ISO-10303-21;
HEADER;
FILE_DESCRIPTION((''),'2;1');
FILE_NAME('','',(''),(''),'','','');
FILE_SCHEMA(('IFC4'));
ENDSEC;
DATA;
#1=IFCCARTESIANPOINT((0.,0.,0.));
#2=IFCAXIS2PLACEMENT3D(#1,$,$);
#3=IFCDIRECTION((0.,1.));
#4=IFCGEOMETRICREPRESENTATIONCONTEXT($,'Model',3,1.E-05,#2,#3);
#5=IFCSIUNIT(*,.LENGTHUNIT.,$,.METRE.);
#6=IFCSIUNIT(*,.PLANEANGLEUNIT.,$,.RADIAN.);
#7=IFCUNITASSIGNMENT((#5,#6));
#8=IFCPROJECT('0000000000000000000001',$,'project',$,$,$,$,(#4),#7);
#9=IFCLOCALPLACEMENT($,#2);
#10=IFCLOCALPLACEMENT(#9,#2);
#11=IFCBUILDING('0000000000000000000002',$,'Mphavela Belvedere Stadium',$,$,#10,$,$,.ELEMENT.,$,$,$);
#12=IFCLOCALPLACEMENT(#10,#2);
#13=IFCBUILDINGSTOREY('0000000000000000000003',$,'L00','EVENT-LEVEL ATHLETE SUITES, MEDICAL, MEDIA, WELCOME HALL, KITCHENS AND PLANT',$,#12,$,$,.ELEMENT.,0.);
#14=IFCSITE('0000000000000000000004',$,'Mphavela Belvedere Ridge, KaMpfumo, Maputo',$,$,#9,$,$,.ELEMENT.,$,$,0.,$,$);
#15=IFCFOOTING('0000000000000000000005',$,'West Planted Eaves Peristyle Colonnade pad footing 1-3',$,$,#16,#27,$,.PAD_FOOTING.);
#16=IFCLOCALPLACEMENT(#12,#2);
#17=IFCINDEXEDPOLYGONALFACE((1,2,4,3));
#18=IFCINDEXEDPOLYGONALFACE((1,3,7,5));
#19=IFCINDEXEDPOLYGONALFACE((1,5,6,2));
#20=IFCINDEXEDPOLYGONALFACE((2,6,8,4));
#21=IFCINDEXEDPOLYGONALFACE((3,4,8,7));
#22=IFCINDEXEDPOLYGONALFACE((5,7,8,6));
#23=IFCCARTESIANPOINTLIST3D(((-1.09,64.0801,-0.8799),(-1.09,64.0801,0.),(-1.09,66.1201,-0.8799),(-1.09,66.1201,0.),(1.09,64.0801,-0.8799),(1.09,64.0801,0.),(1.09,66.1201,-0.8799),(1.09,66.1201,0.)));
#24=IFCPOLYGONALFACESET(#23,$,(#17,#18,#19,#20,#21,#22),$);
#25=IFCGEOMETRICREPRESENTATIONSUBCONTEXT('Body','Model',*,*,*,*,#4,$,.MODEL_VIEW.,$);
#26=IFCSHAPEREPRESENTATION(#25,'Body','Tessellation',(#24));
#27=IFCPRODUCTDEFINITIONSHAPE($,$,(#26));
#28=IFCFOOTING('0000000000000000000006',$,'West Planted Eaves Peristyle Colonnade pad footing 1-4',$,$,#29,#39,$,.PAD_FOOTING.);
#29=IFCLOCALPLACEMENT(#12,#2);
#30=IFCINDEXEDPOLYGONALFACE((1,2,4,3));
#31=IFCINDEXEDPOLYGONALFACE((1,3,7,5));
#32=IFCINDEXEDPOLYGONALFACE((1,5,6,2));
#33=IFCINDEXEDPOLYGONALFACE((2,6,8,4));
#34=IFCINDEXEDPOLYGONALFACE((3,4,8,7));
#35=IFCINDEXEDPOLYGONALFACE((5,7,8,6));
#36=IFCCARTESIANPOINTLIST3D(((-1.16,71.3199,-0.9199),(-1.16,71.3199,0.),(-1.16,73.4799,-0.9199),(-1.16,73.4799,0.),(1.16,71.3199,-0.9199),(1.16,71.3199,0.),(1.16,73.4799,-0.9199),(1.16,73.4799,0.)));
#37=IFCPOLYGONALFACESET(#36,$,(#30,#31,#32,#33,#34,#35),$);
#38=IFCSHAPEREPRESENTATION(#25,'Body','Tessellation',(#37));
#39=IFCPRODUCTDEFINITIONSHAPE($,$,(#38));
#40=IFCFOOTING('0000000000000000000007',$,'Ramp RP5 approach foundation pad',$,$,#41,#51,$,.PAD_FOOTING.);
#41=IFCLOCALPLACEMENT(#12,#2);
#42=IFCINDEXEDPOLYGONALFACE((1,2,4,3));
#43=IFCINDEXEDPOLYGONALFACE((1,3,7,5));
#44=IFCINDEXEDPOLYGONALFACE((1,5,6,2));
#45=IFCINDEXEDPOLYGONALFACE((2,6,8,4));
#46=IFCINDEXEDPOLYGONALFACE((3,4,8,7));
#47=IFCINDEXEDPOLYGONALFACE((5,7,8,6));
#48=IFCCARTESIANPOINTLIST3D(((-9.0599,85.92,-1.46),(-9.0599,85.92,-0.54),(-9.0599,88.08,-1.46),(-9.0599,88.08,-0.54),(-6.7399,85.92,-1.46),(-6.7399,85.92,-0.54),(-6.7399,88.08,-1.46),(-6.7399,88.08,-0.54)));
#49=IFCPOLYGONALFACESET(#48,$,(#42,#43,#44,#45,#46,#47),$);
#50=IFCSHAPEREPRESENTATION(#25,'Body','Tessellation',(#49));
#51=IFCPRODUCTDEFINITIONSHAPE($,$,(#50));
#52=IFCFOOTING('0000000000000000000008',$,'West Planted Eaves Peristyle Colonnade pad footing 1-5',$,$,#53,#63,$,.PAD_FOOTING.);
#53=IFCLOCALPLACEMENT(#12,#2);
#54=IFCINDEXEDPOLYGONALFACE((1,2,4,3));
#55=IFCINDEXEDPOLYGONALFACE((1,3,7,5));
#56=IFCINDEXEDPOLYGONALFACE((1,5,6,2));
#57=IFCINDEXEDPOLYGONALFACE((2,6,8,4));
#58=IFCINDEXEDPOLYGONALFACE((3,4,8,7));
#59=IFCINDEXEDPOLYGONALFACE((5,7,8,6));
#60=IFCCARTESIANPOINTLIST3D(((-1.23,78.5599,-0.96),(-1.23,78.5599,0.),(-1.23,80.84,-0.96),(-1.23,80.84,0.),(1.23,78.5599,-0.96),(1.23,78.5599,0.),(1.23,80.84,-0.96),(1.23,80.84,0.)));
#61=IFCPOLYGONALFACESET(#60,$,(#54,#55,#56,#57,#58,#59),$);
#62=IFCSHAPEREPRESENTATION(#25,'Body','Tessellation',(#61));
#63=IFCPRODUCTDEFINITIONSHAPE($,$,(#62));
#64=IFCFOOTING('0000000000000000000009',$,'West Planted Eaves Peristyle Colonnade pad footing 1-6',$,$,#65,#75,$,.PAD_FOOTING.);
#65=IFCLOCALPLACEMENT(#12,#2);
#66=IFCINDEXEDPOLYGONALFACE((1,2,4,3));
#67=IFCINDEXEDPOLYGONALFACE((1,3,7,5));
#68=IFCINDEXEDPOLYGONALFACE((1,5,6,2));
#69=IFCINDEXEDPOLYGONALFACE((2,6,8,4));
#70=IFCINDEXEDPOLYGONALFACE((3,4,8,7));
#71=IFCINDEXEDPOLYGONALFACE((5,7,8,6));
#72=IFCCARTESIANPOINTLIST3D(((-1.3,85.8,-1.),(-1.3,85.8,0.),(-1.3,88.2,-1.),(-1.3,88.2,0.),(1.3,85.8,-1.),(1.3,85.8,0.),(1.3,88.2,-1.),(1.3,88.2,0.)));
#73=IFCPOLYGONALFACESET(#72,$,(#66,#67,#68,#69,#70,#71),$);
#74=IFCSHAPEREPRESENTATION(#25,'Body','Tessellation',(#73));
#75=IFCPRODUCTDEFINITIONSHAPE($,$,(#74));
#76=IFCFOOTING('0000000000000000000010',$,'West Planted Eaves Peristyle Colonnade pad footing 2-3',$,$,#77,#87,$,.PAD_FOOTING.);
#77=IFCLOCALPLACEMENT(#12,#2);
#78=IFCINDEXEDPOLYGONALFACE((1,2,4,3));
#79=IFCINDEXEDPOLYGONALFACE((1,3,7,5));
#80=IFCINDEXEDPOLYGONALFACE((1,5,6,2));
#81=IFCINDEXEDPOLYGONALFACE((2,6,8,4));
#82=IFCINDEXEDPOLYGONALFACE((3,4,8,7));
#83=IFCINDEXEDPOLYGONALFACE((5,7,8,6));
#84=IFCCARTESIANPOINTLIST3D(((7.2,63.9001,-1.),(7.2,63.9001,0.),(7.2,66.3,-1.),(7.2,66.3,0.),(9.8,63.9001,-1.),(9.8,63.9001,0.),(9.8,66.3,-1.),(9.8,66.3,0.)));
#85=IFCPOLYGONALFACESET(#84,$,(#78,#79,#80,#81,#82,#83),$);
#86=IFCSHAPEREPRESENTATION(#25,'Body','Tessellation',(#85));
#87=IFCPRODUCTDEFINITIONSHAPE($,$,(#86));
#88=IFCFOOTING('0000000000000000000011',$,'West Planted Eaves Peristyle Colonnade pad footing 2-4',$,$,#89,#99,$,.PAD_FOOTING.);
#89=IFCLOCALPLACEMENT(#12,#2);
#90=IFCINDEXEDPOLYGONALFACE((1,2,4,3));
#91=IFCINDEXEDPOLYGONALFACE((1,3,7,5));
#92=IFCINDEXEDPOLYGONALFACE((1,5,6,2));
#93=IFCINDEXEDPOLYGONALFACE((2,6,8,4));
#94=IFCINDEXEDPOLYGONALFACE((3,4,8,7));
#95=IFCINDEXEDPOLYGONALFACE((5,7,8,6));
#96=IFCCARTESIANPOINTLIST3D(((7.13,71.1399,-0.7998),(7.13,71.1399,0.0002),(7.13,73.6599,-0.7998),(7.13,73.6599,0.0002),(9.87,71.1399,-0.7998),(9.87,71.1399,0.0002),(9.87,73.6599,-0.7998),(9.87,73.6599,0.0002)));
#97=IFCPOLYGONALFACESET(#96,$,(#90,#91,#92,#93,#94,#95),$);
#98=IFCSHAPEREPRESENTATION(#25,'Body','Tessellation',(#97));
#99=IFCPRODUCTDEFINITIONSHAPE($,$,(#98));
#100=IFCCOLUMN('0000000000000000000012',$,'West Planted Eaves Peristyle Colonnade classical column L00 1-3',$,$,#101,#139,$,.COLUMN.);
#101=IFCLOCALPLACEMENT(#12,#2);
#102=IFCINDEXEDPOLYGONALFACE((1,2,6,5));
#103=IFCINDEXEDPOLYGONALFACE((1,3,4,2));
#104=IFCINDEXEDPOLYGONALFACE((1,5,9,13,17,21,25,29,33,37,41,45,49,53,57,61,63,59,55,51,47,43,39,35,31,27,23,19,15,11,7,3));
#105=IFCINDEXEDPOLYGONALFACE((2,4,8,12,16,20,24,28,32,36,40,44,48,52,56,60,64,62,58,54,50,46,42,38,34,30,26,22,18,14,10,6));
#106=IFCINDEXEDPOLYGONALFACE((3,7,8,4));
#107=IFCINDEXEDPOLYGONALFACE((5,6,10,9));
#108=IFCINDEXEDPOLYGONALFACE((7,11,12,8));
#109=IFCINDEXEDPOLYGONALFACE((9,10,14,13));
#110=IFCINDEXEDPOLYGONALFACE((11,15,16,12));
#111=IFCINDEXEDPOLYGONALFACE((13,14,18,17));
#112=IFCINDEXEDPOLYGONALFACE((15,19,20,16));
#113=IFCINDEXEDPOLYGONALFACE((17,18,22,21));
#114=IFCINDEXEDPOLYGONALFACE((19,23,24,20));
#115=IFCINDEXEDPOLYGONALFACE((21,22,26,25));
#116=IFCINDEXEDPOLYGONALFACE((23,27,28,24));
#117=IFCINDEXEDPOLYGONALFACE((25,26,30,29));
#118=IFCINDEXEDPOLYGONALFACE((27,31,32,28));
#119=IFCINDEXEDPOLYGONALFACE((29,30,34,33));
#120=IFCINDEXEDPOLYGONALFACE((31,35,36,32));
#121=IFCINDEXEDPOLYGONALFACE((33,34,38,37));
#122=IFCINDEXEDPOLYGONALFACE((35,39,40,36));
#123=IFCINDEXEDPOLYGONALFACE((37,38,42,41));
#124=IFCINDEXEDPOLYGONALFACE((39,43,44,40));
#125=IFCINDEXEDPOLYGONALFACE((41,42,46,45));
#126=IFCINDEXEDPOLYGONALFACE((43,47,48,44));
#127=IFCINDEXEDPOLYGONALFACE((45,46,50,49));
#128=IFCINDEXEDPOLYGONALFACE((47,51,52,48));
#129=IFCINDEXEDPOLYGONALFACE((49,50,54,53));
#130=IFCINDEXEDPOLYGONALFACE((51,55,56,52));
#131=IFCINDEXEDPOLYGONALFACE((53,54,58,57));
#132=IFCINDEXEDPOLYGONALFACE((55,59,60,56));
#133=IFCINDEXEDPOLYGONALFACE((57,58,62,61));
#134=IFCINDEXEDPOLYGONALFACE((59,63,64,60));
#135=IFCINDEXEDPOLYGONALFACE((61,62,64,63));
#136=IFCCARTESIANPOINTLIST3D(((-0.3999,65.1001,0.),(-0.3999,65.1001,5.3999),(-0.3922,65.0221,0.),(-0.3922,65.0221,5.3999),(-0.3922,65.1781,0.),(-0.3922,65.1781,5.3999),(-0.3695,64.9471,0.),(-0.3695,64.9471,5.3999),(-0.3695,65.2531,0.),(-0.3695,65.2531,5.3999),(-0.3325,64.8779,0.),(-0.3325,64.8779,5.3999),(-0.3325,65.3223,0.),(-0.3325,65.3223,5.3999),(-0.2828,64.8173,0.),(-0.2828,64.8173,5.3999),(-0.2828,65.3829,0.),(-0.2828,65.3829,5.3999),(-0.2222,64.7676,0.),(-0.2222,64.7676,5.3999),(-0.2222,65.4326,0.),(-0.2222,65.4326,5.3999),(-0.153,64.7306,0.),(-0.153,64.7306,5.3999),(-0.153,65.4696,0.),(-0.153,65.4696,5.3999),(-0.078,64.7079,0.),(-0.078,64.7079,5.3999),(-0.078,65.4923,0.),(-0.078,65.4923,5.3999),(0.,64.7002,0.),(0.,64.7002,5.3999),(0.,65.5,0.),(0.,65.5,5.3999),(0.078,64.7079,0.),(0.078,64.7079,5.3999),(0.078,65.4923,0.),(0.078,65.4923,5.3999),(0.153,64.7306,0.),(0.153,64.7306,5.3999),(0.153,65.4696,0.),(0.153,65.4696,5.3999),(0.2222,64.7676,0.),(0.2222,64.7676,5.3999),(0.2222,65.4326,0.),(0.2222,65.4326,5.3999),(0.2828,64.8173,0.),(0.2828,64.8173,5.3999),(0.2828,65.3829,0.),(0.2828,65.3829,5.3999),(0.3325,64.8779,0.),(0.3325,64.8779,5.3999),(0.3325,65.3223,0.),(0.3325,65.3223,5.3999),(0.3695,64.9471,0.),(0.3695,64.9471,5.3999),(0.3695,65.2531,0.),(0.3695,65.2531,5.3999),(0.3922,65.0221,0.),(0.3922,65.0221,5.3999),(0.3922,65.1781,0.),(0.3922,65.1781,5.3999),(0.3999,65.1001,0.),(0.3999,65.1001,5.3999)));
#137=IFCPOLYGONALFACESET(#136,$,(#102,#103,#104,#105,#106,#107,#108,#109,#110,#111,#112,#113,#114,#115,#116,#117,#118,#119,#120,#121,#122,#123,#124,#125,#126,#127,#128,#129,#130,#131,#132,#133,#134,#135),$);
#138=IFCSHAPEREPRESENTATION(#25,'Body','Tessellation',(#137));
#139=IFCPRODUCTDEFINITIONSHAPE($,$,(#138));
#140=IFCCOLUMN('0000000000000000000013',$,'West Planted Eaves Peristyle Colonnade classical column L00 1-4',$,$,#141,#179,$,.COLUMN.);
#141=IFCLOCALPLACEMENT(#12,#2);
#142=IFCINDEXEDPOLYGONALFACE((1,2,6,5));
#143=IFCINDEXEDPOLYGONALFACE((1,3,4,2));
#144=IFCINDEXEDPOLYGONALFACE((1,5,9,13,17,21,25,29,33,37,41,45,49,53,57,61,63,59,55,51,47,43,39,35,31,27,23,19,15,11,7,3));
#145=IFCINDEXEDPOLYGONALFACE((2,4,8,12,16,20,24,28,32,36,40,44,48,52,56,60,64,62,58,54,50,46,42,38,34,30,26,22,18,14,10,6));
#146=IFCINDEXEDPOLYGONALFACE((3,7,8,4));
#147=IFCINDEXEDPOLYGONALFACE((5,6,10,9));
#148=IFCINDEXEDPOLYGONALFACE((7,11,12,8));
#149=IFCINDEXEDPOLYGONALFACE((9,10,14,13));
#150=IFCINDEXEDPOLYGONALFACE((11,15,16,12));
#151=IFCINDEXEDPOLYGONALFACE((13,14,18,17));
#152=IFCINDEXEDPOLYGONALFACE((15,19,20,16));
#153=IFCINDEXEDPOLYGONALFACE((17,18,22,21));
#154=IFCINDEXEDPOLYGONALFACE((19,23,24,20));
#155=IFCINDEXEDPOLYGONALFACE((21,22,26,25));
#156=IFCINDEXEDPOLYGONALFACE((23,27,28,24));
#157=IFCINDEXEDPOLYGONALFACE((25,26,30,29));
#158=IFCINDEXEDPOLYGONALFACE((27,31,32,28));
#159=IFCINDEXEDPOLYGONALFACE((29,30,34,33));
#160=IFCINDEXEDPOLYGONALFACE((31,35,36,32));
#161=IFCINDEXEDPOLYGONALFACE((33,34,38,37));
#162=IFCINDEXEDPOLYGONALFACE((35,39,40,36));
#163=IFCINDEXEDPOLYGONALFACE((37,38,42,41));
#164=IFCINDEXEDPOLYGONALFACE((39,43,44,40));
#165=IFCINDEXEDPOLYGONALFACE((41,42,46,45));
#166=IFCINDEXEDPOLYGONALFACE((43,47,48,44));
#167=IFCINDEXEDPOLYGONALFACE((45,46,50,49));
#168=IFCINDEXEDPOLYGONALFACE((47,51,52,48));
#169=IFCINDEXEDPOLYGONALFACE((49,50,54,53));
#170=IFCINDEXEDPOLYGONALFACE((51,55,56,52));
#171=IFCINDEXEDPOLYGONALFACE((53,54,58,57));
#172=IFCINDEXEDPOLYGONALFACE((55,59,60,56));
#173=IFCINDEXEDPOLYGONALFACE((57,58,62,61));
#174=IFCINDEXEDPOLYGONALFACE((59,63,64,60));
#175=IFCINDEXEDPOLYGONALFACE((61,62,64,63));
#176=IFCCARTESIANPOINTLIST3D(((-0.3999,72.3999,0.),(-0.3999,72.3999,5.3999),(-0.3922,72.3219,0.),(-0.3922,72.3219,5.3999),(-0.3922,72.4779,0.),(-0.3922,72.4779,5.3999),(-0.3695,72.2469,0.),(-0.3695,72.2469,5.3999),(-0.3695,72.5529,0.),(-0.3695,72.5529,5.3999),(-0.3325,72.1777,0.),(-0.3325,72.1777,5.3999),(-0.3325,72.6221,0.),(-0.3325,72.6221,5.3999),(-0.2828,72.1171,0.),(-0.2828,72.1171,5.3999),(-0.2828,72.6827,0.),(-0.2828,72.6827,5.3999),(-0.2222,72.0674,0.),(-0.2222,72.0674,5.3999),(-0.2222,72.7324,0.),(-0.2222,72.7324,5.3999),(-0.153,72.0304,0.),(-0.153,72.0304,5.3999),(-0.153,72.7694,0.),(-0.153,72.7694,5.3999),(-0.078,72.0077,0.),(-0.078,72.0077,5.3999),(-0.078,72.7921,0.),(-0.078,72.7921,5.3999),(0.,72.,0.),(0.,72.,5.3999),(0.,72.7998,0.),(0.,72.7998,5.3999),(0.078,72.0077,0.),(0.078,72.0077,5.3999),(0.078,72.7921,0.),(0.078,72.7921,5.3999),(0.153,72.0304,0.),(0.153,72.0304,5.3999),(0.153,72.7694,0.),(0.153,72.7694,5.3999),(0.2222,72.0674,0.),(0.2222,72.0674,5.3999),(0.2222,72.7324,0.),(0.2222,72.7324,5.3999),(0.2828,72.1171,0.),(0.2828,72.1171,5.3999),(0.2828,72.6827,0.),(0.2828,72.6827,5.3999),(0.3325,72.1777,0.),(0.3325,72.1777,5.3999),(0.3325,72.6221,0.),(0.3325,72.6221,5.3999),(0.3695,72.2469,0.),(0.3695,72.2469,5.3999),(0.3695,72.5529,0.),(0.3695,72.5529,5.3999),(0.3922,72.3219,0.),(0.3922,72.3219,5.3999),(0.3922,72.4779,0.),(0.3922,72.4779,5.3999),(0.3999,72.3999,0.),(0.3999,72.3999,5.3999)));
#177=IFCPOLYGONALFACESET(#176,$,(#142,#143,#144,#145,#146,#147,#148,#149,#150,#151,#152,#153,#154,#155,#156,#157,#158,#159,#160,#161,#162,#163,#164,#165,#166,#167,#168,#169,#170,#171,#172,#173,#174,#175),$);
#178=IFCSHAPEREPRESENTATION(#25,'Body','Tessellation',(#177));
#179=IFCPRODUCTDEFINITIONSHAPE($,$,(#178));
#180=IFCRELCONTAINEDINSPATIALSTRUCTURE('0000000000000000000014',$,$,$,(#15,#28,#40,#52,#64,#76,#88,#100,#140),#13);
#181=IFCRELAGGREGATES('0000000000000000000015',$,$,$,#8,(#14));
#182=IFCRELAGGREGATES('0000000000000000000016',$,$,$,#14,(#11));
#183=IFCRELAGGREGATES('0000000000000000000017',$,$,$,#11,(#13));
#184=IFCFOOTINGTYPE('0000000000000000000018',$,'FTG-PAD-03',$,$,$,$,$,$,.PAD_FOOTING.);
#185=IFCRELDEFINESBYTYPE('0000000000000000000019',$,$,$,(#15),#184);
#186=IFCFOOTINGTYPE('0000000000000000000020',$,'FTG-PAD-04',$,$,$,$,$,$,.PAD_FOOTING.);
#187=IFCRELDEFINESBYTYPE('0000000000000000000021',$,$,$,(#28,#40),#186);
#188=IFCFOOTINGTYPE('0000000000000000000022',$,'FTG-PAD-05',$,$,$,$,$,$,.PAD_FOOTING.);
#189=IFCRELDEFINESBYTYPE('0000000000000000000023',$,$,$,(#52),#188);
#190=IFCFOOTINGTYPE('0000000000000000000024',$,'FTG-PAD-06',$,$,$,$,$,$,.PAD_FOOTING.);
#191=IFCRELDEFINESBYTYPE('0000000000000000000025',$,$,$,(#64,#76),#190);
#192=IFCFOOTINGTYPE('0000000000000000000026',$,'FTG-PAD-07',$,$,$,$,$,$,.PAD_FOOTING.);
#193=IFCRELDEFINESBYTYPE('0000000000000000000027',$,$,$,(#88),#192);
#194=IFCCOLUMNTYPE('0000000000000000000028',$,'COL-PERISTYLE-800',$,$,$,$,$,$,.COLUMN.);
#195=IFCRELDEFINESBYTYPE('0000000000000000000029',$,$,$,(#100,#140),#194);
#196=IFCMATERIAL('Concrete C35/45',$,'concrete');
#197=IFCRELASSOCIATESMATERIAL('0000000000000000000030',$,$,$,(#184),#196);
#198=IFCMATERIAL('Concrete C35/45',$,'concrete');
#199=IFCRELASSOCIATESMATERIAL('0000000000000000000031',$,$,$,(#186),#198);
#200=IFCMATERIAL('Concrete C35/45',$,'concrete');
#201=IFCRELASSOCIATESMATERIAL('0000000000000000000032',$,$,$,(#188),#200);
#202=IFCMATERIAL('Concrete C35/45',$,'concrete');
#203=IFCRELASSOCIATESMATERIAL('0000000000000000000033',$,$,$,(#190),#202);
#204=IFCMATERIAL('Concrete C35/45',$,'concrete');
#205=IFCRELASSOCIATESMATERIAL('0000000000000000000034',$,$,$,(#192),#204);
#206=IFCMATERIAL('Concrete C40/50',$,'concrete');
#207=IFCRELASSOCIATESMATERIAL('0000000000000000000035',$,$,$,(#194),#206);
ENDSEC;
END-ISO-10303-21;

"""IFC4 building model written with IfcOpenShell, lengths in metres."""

from ifc_helpers import new_model, si_unit, direction, frame, origin, origin_2d, place, context, subcontext, project, spatial, rectangle, circle, extrude, material, material_profile, profile_set, type_object, element, save


model = new_model("IFC4")

# Units and contexts
model_context = context("Model", 3, precision=1e-05, world=origin(), true_north=direction((0.0, 1.0)))
body_context = subcontext(model_context, "Body", "Model", "MODEL_VIEW")
ifc_project = project(units=[si_unit("LENGTHUNIT", "METRE"), si_unit("PLANEANGLEUNIT", "RADIAN")], contexts=[model_context])

# Site, building, storey
site_placement = place(None, origin())
site = spatial("IfcSite", under=ifc_project, at=site_placement, Name="Mphavela Belvedere Ridge, KaMpfumo, Maputo", CompositionType="ELEMENT", RefElevation=0.0)
building_placement = place(site_placement, origin())
building = spatial("IfcBuilding", under=site, at=building_placement, Name="Mphavela Belvedere Stadium", CompositionType="ELEMENT")
storey_placement = place(building_placement, origin())
storey = spatial("IfcBuildingStorey", under=building, at=storey_placement, Name="L00", Description="EVENT-LEVEL ATHLETE SUITES, MEDICAL, MEDIA, WELCOME HALL, KITCHENS AND PLANT", CompositionType="ELEMENT", Elevation=0.0)

# Footings
ifc_material_1 = material(Name="Concrete C35/45", Category="concrete")
footing_type_1 = type_object("IfcFootingType", Name="FTG-PAD-03", PredefinedType="PAD_FOOTING", material=ifc_material_1)
footing_1_placement = place(storey_placement, frame((0.0, 65.1001, -0.8799), z_axis=(0.0, 0.0, 1.0), x_axis=(1.0, 0.0, 0.0)))
element("IfcFooting", 1, at=footing_1_placement, inside=storey, type_object=footing_type_1, Name="West Planted Eaves Peristyle Colonnade pad footing 1-3", PredefinedType="PAD_FOOTING", context=body_context, shape_type="SweptSolid", body=[
    extrude(rectangle(XDim=2.1799, YDim=2.04, at=origin_2d()), origin(), (0.0, 0.0, 1.0), 0.8799),
])
ifc_material_2 = material(Name="Concrete C35/45", Category="concrete")
footing_type_2 = type_object("IfcFootingType", Name="FTG-PAD-04", PredefinedType="PAD_FOOTING", material=ifc_material_2)
for number, where, z_axis, x_axis, name in (
    (2, (0.0, 72.3999, -0.9199), (0.0, 0.0, 1.0), (1.0, 0.0, 0.0), "West Planted Eaves Peristyle Colonnade pad footing 1-4"),
    (3, (-7.8999, 87.0, -1.46), (0.0, 0.0, 1.0), (1.0, 0.0, 0.0), "Ramp RP5 approach foundation pad"),
):
    element("IfcFooting", number, at=place(storey_placement, frame(where, z_axis=z_axis, x_axis=x_axis)), inside=storey, type_object=footing_type_2, Name=name, PredefinedType="PAD_FOOTING", context=body_context, shape_type="SweptSolid", body=[
        extrude(rectangle(XDim=2.3201, YDim=2.1599, at=origin_2d()), origin(), (0.0, 0.0, 1.0), 0.9199),
    ])
ifc_material_3 = material(Name="Concrete C35/45", Category="concrete")
footing_type_3 = type_object("IfcFootingType", Name="FTG-PAD-05", PredefinedType="PAD_FOOTING", material=ifc_material_3)
footing_2_placement = place(storey_placement, frame((0.0, 79.7, -0.96), z_axis=(0.0, 0.0, 1.0), x_axis=(1.0, 0.0, 0.0)))
element("IfcFooting", 4, at=footing_2_placement, inside=storey, type_object=footing_type_3, Name="West Planted Eaves Peristyle Colonnade pad footing 1-5", PredefinedType="PAD_FOOTING", context=body_context, shape_type="SweptSolid", body=[
    extrude(rectangle(XDim=2.46, YDim=2.28, at=origin_2d()), origin(), (0.0, 0.0, 1.0), 0.96),
])
ifc_material_4 = material(Name="Concrete C35/45", Category="concrete")
footing_type_4 = type_object("IfcFootingType", Name="FTG-PAD-06", PredefinedType="PAD_FOOTING", material=ifc_material_4)
for number, where, z_axis, x_axis, name in (
    (5, (0.0, 87.0, -1.0), (0.0, 0.0, 1.0), (1.0, 0.0, 0.0), "West Planted Eaves Peristyle Colonnade pad footing 1-6"),
    (6, (8.5, 65.1001, -1.0), (0.0, 0.0, 1.0), (1.0, 0.0, 0.0), "West Planted Eaves Peristyle Colonnade pad footing 2-3"),
):
    element("IfcFooting", number, at=place(storey_placement, frame(where, z_axis=z_axis, x_axis=x_axis)), inside=storey, type_object=footing_type_4, Name=name, PredefinedType="PAD_FOOTING", context=body_context, shape_type="SweptSolid", body=[
        extrude(rectangle(XDim=2.6001, YDim=2.3999, at=origin_2d()), origin(), (0.0, 0.0, 1.0), 1.0),
    ])
ifc_material_5 = material(Name="Concrete C35/45", Category="concrete")
footing_type_5 = type_object("IfcFootingType", Name="FTG-PAD-07", PredefinedType="PAD_FOOTING", material=ifc_material_5)
footing_3_placement = place(storey_placement, frame((8.5, 72.3999, -0.7998), z_axis=(0.0, 0.0, 1.0), x_axis=(1.0, 0.0, 0.0)))
element("IfcFooting", 7, at=footing_3_placement, inside=storey, type_object=footing_type_5, Name="West Planted Eaves Peristyle Colonnade pad footing 2-4", PredefinedType="PAD_FOOTING", context=body_context, shape_type="SweptSolid", body=[
    extrude(rectangle(XDim=2.74, YDim=2.52, at=origin_2d()), origin(), (0.0, 0.0, 1.0), 0.8),
])

# Columns
ifc_material_6 = material(Name="Concrete C40/50", Category="concrete")
ifc_material_profile_1 = material_profile(ifc_material_6, circle(Radius=0.3999, at=origin_2d()), Name="COL D800")
ifc_profile_set_1 = profile_set([ifc_material_profile_1], Name="Concrete C40/50")
column_type = type_object("IfcColumnType", Name="COL-PERISTYLE-800", PredefinedType="COLUMN", material=ifc_profile_set_1)
for number, where, z_axis, x_axis, name in (
    (8, (0.0, 65.1001, 0.0), (0.0, 0.0, 1.0), (1.0, 0.0, 0.0), "West Planted Eaves Peristyle Colonnade classical column L00 1-3"),
    (9, (0.0, 72.3999, 0.0), (0.0, 0.0, 1.0), (1.0, 0.0, 0.0), "West Planted Eaves Peristyle Colonnade classical column L00 1-4"),
):
    element("IfcColumn", number, at=place(storey_placement, frame(where, z_axis=z_axis, x_axis=x_axis)), inside=storey, type_object=column_type, Name=name, PredefinedType="COLUMN", context=body_context, shape_type="SweptSolid", body=[
        extrude(circle(Radius=0.3999, at=origin_2d()), origin(), (0.0, 0.0, 1.0), 5.3999),
    ])

save(model, "model.ifc")
